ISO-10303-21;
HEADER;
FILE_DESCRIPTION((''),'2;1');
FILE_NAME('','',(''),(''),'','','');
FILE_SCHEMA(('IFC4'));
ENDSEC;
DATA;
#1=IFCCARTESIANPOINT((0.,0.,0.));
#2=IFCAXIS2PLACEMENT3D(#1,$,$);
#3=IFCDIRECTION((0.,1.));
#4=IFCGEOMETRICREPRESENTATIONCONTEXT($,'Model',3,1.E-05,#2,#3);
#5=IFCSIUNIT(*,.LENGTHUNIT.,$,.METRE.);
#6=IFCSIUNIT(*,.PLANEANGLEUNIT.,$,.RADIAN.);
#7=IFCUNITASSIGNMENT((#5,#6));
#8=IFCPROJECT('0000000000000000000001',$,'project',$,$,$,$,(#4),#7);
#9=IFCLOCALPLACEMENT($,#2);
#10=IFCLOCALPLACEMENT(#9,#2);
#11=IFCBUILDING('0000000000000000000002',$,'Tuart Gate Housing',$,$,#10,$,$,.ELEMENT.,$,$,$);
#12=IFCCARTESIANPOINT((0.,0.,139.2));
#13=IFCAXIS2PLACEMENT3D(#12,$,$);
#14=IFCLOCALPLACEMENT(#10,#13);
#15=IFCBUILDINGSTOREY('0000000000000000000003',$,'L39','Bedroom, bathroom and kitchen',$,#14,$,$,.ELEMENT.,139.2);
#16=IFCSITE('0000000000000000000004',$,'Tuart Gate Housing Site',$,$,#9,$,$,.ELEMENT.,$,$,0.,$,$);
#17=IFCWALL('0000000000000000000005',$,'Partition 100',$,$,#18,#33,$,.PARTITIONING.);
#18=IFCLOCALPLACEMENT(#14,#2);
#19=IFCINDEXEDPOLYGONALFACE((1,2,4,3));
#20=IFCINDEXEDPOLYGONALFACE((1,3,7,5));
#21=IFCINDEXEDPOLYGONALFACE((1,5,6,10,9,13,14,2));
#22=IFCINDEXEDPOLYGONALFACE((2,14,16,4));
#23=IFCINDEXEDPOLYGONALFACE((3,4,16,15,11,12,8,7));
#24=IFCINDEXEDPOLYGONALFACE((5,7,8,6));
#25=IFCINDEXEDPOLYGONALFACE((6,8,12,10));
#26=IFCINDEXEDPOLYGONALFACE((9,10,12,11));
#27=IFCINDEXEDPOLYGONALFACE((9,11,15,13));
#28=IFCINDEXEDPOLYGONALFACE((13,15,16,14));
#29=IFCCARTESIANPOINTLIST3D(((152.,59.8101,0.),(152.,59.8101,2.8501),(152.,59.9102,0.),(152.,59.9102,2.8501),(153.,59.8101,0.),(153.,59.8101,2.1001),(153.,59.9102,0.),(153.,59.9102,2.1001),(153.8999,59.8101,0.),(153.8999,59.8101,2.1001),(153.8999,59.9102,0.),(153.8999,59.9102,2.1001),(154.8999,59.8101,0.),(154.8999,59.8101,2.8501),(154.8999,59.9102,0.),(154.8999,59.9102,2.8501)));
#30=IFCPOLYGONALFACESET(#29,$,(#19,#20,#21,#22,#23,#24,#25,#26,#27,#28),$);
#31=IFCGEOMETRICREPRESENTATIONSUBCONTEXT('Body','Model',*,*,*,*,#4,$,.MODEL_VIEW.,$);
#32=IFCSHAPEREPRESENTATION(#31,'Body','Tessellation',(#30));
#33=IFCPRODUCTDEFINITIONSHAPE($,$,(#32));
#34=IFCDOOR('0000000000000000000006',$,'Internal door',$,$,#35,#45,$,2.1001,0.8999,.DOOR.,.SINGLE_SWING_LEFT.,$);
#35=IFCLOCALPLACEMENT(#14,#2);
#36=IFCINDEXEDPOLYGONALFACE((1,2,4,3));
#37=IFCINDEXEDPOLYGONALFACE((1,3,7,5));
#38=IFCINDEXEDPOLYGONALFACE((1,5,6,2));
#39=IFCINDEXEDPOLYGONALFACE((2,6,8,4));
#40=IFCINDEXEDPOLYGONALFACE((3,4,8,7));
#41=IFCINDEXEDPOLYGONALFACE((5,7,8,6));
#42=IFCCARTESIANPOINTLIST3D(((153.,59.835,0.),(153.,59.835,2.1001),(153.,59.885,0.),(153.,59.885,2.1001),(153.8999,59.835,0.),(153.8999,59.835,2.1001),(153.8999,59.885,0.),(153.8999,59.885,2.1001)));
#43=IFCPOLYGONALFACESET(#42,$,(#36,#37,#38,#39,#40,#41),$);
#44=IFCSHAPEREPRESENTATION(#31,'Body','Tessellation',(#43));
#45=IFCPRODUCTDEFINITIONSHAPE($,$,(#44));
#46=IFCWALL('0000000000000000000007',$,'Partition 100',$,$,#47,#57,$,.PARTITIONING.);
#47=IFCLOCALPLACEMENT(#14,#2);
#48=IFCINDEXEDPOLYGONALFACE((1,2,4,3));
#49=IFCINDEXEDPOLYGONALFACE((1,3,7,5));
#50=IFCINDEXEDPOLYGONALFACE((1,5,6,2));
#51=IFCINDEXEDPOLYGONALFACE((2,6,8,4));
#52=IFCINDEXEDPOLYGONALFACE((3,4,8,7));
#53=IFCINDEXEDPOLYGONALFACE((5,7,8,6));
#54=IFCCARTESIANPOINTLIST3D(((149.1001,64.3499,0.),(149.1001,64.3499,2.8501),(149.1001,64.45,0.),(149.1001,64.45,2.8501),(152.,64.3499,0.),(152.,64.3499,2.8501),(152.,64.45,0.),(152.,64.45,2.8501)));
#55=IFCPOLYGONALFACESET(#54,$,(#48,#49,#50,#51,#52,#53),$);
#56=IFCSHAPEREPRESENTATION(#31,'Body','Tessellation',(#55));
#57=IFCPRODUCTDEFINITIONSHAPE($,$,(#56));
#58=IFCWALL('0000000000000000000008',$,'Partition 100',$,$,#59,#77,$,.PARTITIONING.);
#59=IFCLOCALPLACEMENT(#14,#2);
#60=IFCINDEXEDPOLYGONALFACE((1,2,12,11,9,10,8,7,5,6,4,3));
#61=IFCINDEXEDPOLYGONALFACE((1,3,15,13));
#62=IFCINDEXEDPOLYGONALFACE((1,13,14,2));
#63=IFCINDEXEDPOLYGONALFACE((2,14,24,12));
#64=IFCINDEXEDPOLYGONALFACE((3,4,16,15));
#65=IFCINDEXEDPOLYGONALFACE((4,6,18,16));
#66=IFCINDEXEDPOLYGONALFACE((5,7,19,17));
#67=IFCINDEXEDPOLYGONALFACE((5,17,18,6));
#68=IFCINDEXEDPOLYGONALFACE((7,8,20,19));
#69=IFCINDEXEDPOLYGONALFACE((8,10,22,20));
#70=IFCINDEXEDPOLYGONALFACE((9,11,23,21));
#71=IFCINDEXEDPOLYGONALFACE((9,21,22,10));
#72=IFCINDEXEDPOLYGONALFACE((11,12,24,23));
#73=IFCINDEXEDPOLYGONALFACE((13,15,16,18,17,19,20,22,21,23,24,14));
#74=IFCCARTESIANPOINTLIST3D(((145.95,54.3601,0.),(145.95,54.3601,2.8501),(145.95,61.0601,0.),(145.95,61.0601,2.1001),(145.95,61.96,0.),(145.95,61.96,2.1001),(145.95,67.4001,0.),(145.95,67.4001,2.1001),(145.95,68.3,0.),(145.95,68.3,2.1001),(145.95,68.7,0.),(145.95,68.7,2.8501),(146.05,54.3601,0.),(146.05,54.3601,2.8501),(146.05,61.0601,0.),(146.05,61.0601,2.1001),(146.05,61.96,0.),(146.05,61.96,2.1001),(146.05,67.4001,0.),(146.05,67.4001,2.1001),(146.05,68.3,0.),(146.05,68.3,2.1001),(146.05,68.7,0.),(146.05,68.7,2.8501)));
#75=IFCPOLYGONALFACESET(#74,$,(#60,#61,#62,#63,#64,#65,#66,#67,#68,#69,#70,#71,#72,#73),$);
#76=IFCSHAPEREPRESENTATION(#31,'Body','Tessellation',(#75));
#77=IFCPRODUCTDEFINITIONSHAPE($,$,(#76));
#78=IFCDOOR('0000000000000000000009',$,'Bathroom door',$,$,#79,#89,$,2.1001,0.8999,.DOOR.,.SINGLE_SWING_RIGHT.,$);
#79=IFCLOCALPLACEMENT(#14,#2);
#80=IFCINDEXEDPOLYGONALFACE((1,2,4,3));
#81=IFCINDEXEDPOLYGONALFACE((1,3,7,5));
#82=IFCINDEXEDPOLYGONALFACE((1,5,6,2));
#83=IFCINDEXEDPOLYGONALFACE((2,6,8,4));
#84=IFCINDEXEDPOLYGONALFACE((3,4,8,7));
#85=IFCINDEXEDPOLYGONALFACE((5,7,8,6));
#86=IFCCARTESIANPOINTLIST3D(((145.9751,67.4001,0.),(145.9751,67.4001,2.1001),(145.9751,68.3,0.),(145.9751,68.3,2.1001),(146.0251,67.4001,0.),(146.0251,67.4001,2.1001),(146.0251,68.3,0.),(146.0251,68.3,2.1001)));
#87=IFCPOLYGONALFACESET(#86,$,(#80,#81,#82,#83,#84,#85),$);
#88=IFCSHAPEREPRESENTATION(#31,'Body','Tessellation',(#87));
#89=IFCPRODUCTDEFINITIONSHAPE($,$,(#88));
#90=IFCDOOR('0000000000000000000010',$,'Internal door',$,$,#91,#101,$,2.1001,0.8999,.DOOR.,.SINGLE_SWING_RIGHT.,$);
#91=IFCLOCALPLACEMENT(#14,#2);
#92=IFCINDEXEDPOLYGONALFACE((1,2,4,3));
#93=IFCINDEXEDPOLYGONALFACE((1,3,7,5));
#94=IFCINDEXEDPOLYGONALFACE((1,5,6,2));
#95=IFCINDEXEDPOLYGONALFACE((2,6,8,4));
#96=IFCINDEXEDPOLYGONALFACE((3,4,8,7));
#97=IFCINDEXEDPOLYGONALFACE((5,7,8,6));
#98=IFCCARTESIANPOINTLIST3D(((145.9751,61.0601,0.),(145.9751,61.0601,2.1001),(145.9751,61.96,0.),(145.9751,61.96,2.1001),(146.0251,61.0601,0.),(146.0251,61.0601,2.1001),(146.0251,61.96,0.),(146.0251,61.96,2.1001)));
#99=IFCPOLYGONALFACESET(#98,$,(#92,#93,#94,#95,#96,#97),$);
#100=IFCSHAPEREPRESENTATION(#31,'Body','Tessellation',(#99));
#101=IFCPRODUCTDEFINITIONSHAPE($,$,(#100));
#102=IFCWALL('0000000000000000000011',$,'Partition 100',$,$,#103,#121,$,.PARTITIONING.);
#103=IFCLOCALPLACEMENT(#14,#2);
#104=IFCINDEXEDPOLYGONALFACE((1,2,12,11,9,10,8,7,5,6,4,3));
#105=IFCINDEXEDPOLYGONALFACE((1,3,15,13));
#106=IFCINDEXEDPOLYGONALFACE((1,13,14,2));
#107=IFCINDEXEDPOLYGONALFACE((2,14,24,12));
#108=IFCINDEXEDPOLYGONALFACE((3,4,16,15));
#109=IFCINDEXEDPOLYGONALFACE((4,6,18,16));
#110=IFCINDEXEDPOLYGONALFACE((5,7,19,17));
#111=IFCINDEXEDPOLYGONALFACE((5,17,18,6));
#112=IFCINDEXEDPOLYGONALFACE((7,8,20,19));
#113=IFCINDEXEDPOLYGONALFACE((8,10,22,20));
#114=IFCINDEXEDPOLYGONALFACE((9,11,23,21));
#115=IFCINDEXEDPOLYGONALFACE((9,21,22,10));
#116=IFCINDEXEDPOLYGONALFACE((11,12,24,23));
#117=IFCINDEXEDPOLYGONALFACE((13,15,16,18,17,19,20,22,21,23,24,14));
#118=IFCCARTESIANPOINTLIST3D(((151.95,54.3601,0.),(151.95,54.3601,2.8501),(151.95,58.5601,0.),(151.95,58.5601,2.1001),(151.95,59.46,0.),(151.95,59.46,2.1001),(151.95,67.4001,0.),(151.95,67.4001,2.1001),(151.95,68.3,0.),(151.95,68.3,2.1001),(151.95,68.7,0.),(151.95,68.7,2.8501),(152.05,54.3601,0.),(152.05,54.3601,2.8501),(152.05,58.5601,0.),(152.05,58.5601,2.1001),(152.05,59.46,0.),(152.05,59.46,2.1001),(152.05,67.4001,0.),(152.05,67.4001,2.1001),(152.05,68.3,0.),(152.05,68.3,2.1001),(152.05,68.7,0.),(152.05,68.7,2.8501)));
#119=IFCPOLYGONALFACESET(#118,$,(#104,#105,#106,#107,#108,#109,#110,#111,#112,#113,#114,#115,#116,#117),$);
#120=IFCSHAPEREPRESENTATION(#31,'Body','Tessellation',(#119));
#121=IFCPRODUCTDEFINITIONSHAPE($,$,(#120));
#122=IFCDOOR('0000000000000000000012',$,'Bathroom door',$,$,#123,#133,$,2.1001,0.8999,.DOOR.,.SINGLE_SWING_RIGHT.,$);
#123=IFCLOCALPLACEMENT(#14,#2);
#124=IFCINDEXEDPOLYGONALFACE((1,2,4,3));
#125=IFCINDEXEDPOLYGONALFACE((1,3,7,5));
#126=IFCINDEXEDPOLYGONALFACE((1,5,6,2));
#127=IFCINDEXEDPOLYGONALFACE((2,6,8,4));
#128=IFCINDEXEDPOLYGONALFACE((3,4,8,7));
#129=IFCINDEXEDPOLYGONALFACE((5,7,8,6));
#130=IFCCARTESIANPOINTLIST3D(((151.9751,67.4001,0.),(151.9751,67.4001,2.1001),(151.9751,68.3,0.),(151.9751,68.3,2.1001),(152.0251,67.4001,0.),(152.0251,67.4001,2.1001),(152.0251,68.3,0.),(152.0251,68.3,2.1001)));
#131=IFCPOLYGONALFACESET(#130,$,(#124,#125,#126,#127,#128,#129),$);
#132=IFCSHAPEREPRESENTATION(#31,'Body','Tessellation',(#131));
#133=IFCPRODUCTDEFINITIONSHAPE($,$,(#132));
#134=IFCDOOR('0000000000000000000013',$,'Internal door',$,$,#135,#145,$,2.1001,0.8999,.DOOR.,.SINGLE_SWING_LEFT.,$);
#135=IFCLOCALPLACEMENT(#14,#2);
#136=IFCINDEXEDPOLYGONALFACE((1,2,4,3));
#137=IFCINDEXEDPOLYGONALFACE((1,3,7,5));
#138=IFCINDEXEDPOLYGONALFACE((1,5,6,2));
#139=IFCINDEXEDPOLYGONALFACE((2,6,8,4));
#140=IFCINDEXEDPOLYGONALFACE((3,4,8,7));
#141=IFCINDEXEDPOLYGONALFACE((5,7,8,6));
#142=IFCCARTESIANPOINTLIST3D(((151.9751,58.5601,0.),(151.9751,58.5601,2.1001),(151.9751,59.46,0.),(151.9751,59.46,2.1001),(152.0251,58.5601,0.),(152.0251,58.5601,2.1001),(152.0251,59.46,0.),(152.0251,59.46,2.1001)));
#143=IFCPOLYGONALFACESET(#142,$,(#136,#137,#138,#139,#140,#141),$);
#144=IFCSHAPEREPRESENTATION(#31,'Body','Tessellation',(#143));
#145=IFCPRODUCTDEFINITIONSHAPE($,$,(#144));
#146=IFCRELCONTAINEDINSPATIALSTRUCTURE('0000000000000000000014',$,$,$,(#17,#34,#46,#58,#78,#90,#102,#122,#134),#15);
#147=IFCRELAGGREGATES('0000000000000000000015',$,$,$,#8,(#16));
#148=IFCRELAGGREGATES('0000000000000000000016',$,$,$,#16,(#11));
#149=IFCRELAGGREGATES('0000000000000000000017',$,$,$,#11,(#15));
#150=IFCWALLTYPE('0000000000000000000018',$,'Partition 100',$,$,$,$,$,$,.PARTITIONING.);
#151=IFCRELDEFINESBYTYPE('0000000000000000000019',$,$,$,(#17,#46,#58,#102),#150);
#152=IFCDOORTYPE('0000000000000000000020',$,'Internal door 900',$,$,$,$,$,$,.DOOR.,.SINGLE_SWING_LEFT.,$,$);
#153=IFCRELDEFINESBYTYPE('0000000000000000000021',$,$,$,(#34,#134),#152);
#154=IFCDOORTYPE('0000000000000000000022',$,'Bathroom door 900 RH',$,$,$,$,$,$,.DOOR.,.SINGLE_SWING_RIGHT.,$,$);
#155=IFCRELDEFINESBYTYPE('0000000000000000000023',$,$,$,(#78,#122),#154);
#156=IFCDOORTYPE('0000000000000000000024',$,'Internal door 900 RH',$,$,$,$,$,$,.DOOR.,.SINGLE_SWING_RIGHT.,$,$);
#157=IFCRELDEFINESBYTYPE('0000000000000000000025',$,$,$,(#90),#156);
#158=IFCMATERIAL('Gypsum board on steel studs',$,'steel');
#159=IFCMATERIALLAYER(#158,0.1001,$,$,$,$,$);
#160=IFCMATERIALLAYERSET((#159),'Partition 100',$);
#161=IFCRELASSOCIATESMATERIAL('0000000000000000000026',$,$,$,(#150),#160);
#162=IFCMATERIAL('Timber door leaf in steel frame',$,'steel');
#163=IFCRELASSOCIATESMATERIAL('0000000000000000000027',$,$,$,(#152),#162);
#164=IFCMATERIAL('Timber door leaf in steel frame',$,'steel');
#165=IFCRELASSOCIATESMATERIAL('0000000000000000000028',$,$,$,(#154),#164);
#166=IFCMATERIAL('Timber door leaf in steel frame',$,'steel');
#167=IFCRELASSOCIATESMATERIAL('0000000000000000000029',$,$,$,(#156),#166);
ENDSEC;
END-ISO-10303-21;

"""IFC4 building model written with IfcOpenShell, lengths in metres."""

from ifc_helpers import new_model, si_unit, direction, frame, frame_2d, origin, place, context, subcontext, project, spatial, rectangle, extrude, material, layer, layer_set, type_object, element, fill, save


model = new_model("IFC4")

# Units and contexts
model_context = context("Model", 3, precision=1e-05, world=origin(), true_north=direction((0.0, 1.0)))
body_context = subcontext(model_context, "Body", "Model", "MODEL_VIEW")
ifc_project = project(units=[si_unit("LENGTHUNIT", "METRE"), si_unit("PLANEANGLEUNIT", "RADIAN")], contexts=[model_context])

# Site, building, storey
site_placement = place(None, origin())
site = spatial("IfcSite", under=ifc_project, at=site_placement, Name="Tuart Gate Housing Site", CompositionType="ELEMENT", RefElevation=0.0)
building_placement = place(site_placement, origin())
building = spatial("IfcBuilding", under=site, at=building_placement, Name="Tuart Gate Housing", CompositionType="ELEMENT")
storey_placement = place(building_placement, frame((0.0, 0.0, 139.2)))
storey = spatial("IfcBuildingStorey", under=building, at=storey_placement, Name="L39", Description="Bedroom, bathroom and kitchen", CompositionType="ELEMENT", Elevation=139.2)

# Shared definitions
ifc_material_1 = material(Name="Gypsum board on steel studs", Category="steel")
ifc_layer_1 = layer(ifc_material_1, 0.1001)
ifc_layer_set_1 = layer_set([ifc_layer_1], Name="Partition 100")
wall_type_1 = type_object("IfcWallType", Name="Partition 100", PredefinedType="PARTITIONING", material=ifc_layer_set_1)

# Wall, opening, door
wall_1_placement = place(storey_placement, frame((152.0, 59.8601, 0.0), z_axis=(0.0, 0.0, 1.0), x_axis=(1.0, 0.0, 0.0)))
wall_1 = element("IfcWall", 1, at=wall_1_placement, inside=storey, type_object=wall_type_1, Name="Partition 100", PredefinedType="PARTITIONING", context=body_context, shape_type="SweptSolid", body=[
    extrude(rectangle(XDim=2.8999, YDim=0.1001, at=frame_2d((1.45, 0.0))), origin(), (0.0, 0.0, 1.0), 2.8501),
])
opening_1_placement = place(wall_1_placement, frame((1.0, 0.0, 0.0)))
opening_1 = element("IfcOpeningElement", 2, at=opening_1_placement, cuts=wall_1, PredefinedType="OPENING", context=body_context, shape_type="SweptSolid", body=[
    extrude(rectangle(XDim=0.8999, YDim=2.1001, at=frame_2d((0.45, 1.05))), frame((0.0, 0.0601, 0.0), z_axis=(0.0, -1.0, 0.0), x_axis=(1.0, 0.0, 0.0)), (0.0, 0.0, 1.0), 0.1201),
])
ifc_material_2 = material(Name="Timber door leaf in steel frame", Category="steel")
door_type_1 = type_object("IfcDoorType", Name="Internal door 900", OperationType="SINGLE_SWING_LEFT", PredefinedType="DOOR", material=ifc_material_2)
door_1_placement = place(opening_1_placement, origin())
door_1 = element("IfcDoor", 3, at=door_1_placement, inside=storey, type_object=door_type_1, Name="Internal door", OperationType="SINGLE_SWING_LEFT", OverallHeight=2.1001, OverallWidth=0.8999, PredefinedType="DOOR", context=body_context, shape_type="SweptSolid", body=[
    extrude(rectangle(XDim=0.8999, YDim=2.1001, at=frame_2d((0.45, 1.05))), frame((0.0, 0.0249, 0.0), z_axis=(0.0, -1.0, 0.0), x_axis=(1.0, 0.0, 0.0)), (0.0, 0.0, 1.0), 0.05),
])
fill(opening_1, door_1)

# Wall
wall_2_placement = place(storey_placement, frame((149.1001, 64.3999, 0.0), z_axis=(0.0, 0.0, 1.0), x_axis=(1.0, 0.0, 0.0)))
element("IfcWall", 4, at=wall_2_placement, inside=storey, type_object=wall_type_1, Name="Partition 100", PredefinedType="PARTITIONING", context=body_context, shape_type="SweptSolid", body=[
    extrude(rectangle(XDim=2.8999, YDim=0.1001, at=frame_2d((1.45, 0.0))), origin(), (0.0, 0.0, 1.0), 2.8501),
])

# Walls, openings, doors
wall_3_placement = place(storey_placement, frame((146.0, 54.3601, 0.0), z_axis=(0.0, 0.0, 1.0), x_axis=(0.0, 1.0, 0.0)))
wall_3 = element("IfcWall", 5, at=wall_3_placement, inside=storey, type_object=wall_type_1, Name="Partition 100", PredefinedType="PARTITIONING", context=body_context, shape_type="SweptSolid", body=[
    extrude(rectangle(XDim=14.3398, YDim=0.1001, at=frame_2d((7.1699, 0.0))), origin(), (0.0, 0.0, 1.0), 2.8501),
])
opening_2_placement = place(wall_3_placement, frame((6.7, 0.0, 0.0)))
opening_2 = element("IfcOpeningElement", 6, at=opening_2_placement, cuts=wall_3, PredefinedType="OPENING", context=body_context, shape_type="SweptSolid", body=[
    extrude(rectangle(XDim=0.8999, YDim=2.1001, at=frame_2d((0.45, 1.05))), frame((0.0, 0.0601, 0.0), z_axis=(0.0, -1.0, 0.0), x_axis=(1.0, 0.0, 0.0)), (0.0, 0.0, 1.0), 0.1201),
])
opening_3_placement = place(wall_3_placement, frame((13.04, 0.0, 0.0)))
opening_3 = element("IfcOpeningElement", 7, at=opening_3_placement, cuts=wall_3, PredefinedType="OPENING", context=body_context, shape_type="SweptSolid", body=[
    extrude(rectangle(XDim=0.8999, YDim=2.1001, at=frame_2d((0.45, 1.05))), frame((0.0, 0.0601, 0.0), z_axis=(0.0, -1.0, 0.0), x_axis=(1.0, 0.0, 0.0)), (0.0, 0.0, 1.0), 0.1201),
])
ifc_material_3 = material(Name="Timber door leaf in steel frame", Category="steel")
door_type_2 = type_object("IfcDoorType", Name="Bathroom door 900 RH", OperationType="SINGLE_SWING_RIGHT", PredefinedType="DOOR", material=ifc_material_3)
door_2_placement = place(opening_3_placement, origin())
door_2 = element("IfcDoor", 8, at=door_2_placement, inside=storey, type_object=door_type_2, Name="Bathroom door", OperationType="SINGLE_SWING_RIGHT", OverallHeight=2.1001, OverallWidth=0.8999, PredefinedType="DOOR", context=body_context, shape_type="SweptSolid", body=[
    extrude(rectangle(XDim=0.8999, YDim=2.1001, at=frame_2d((0.45, 1.05))), frame((0.0, 0.0249, 0.0), z_axis=(0.0, -1.0, 0.0), x_axis=(1.0, 0.0, 0.0)), (0.0, 0.0, 1.0), 0.05),
])
fill(opening_3, door_2)
ifc_material_4 = material(Name="Timber door leaf in steel frame", Category="steel")
door_type_3 = type_object("IfcDoorType", Name="Internal door 900 RH", OperationType="SINGLE_SWING_RIGHT", PredefinedType="DOOR", material=ifc_material_4)
door_3_placement = place(opening_2_placement, origin())
door_3 = element("IfcDoor", 9, at=door_3_placement, inside=storey, type_object=door_type_3, Name="Internal door", OperationType="SINGLE_SWING_RIGHT", OverallHeight=2.1001, OverallWidth=0.8999, PredefinedType="DOOR", context=body_context, shape_type="SweptSolid", body=[
    extrude(rectangle(XDim=0.8999, YDim=2.1001, at=frame_2d((0.45, 1.05))), frame((0.0, 0.0249, 0.0), z_axis=(0.0, -1.0, 0.0), x_axis=(1.0, 0.0, 0.0)), (0.0, 0.0, 1.0), 0.05),
])
fill(opening_2, door_3)
wall_4_placement = place(storey_placement, frame((152.0, 54.3601, 0.0), z_axis=(0.0, 0.0, 1.0), x_axis=(0.0, 1.0, 0.0)))
wall_4 = element("IfcWall", 10, at=wall_4_placement, inside=storey, type_object=wall_type_1, Name="Partition 100", PredefinedType="PARTITIONING", context=body_context, shape_type="SweptSolid", body=[
    extrude(rectangle(XDim=14.3398, YDim=0.1001, at=frame_2d((7.1699, 0.0))), origin(), (0.0, 0.0, 1.0), 2.8501),
])
opening_4_placement = place(wall_4_placement, frame((4.2, 0.0, 0.0)))
opening_4 = element("IfcOpeningElement", 11, at=opening_4_placement, cuts=wall_4, PredefinedType="OPENING", context=body_context, shape_type="SweptSolid", body=[
    extrude(rectangle(XDim=0.8999, YDim=2.1001, at=frame_2d((0.45, 1.05))), frame((0.0, 0.0601, 0.0), z_axis=(0.0, -1.0, 0.0), x_axis=(1.0, 0.0, 0.0)), (0.0, 0.0, 1.0), 0.1201),
])
opening_5_placement = place(wall_4_placement, frame((13.04, 0.0, 0.0)))
opening_5 = element("IfcOpeningElement", 12, at=opening_5_placement, cuts=wall_4, PredefinedType="OPENING", context=body_context, shape_type="SweptSolid", body=[
    extrude(rectangle(XDim=0.8999, YDim=2.1001, at=frame_2d((0.45, 1.05))), frame((0.0, 0.0601, 0.0), z_axis=(0.0, -1.0, 0.0), x_axis=(1.0, 0.0, 0.0)), (0.0, 0.0, 1.0), 0.1201),
])
door_4_placement = place(opening_5_placement, origin())
door_4 = element("IfcDoor", 13, at=door_4_placement, inside=storey, type_object=door_type_2, Name="Bathroom door", OperationType="SINGLE_SWING_RIGHT", OverallHeight=2.1001, OverallWidth=0.8999, PredefinedType="DOOR", context=body_context, shape_type="SweptSolid", body=[
    extrude(rectangle(XDim=0.8999, YDim=2.1001, at=frame_2d((0.45, 1.05))), frame((0.0, 0.0249, 0.0), z_axis=(0.0, -1.0, 0.0), x_axis=(1.0, 0.0, 0.0)), (0.0, 0.0, 1.0), 0.05),
])
fill(opening_5, door_4)
door_5_placement = place(opening_4_placement, origin())
door_5 = element("IfcDoor", 14, at=door_5_placement, inside=storey, type_object=door_type_1, Name="Internal door", OperationType="SINGLE_SWING_LEFT", OverallHeight=2.1001, OverallWidth=0.8999, PredefinedType="DOOR", context=body_context, shape_type="SweptSolid", body=[
    extrude(rectangle(XDim=0.8999, YDim=2.1001, at=frame_2d((0.45, 1.05))), frame((0.0, 0.0249, 0.0), z_axis=(0.0, -1.0, 0.0), x_axis=(1.0, 0.0, 0.0)), (0.0, 0.0, 1.0), 0.05),
])
fill(opening_4, door_5)

save(model, "model.ifc")
